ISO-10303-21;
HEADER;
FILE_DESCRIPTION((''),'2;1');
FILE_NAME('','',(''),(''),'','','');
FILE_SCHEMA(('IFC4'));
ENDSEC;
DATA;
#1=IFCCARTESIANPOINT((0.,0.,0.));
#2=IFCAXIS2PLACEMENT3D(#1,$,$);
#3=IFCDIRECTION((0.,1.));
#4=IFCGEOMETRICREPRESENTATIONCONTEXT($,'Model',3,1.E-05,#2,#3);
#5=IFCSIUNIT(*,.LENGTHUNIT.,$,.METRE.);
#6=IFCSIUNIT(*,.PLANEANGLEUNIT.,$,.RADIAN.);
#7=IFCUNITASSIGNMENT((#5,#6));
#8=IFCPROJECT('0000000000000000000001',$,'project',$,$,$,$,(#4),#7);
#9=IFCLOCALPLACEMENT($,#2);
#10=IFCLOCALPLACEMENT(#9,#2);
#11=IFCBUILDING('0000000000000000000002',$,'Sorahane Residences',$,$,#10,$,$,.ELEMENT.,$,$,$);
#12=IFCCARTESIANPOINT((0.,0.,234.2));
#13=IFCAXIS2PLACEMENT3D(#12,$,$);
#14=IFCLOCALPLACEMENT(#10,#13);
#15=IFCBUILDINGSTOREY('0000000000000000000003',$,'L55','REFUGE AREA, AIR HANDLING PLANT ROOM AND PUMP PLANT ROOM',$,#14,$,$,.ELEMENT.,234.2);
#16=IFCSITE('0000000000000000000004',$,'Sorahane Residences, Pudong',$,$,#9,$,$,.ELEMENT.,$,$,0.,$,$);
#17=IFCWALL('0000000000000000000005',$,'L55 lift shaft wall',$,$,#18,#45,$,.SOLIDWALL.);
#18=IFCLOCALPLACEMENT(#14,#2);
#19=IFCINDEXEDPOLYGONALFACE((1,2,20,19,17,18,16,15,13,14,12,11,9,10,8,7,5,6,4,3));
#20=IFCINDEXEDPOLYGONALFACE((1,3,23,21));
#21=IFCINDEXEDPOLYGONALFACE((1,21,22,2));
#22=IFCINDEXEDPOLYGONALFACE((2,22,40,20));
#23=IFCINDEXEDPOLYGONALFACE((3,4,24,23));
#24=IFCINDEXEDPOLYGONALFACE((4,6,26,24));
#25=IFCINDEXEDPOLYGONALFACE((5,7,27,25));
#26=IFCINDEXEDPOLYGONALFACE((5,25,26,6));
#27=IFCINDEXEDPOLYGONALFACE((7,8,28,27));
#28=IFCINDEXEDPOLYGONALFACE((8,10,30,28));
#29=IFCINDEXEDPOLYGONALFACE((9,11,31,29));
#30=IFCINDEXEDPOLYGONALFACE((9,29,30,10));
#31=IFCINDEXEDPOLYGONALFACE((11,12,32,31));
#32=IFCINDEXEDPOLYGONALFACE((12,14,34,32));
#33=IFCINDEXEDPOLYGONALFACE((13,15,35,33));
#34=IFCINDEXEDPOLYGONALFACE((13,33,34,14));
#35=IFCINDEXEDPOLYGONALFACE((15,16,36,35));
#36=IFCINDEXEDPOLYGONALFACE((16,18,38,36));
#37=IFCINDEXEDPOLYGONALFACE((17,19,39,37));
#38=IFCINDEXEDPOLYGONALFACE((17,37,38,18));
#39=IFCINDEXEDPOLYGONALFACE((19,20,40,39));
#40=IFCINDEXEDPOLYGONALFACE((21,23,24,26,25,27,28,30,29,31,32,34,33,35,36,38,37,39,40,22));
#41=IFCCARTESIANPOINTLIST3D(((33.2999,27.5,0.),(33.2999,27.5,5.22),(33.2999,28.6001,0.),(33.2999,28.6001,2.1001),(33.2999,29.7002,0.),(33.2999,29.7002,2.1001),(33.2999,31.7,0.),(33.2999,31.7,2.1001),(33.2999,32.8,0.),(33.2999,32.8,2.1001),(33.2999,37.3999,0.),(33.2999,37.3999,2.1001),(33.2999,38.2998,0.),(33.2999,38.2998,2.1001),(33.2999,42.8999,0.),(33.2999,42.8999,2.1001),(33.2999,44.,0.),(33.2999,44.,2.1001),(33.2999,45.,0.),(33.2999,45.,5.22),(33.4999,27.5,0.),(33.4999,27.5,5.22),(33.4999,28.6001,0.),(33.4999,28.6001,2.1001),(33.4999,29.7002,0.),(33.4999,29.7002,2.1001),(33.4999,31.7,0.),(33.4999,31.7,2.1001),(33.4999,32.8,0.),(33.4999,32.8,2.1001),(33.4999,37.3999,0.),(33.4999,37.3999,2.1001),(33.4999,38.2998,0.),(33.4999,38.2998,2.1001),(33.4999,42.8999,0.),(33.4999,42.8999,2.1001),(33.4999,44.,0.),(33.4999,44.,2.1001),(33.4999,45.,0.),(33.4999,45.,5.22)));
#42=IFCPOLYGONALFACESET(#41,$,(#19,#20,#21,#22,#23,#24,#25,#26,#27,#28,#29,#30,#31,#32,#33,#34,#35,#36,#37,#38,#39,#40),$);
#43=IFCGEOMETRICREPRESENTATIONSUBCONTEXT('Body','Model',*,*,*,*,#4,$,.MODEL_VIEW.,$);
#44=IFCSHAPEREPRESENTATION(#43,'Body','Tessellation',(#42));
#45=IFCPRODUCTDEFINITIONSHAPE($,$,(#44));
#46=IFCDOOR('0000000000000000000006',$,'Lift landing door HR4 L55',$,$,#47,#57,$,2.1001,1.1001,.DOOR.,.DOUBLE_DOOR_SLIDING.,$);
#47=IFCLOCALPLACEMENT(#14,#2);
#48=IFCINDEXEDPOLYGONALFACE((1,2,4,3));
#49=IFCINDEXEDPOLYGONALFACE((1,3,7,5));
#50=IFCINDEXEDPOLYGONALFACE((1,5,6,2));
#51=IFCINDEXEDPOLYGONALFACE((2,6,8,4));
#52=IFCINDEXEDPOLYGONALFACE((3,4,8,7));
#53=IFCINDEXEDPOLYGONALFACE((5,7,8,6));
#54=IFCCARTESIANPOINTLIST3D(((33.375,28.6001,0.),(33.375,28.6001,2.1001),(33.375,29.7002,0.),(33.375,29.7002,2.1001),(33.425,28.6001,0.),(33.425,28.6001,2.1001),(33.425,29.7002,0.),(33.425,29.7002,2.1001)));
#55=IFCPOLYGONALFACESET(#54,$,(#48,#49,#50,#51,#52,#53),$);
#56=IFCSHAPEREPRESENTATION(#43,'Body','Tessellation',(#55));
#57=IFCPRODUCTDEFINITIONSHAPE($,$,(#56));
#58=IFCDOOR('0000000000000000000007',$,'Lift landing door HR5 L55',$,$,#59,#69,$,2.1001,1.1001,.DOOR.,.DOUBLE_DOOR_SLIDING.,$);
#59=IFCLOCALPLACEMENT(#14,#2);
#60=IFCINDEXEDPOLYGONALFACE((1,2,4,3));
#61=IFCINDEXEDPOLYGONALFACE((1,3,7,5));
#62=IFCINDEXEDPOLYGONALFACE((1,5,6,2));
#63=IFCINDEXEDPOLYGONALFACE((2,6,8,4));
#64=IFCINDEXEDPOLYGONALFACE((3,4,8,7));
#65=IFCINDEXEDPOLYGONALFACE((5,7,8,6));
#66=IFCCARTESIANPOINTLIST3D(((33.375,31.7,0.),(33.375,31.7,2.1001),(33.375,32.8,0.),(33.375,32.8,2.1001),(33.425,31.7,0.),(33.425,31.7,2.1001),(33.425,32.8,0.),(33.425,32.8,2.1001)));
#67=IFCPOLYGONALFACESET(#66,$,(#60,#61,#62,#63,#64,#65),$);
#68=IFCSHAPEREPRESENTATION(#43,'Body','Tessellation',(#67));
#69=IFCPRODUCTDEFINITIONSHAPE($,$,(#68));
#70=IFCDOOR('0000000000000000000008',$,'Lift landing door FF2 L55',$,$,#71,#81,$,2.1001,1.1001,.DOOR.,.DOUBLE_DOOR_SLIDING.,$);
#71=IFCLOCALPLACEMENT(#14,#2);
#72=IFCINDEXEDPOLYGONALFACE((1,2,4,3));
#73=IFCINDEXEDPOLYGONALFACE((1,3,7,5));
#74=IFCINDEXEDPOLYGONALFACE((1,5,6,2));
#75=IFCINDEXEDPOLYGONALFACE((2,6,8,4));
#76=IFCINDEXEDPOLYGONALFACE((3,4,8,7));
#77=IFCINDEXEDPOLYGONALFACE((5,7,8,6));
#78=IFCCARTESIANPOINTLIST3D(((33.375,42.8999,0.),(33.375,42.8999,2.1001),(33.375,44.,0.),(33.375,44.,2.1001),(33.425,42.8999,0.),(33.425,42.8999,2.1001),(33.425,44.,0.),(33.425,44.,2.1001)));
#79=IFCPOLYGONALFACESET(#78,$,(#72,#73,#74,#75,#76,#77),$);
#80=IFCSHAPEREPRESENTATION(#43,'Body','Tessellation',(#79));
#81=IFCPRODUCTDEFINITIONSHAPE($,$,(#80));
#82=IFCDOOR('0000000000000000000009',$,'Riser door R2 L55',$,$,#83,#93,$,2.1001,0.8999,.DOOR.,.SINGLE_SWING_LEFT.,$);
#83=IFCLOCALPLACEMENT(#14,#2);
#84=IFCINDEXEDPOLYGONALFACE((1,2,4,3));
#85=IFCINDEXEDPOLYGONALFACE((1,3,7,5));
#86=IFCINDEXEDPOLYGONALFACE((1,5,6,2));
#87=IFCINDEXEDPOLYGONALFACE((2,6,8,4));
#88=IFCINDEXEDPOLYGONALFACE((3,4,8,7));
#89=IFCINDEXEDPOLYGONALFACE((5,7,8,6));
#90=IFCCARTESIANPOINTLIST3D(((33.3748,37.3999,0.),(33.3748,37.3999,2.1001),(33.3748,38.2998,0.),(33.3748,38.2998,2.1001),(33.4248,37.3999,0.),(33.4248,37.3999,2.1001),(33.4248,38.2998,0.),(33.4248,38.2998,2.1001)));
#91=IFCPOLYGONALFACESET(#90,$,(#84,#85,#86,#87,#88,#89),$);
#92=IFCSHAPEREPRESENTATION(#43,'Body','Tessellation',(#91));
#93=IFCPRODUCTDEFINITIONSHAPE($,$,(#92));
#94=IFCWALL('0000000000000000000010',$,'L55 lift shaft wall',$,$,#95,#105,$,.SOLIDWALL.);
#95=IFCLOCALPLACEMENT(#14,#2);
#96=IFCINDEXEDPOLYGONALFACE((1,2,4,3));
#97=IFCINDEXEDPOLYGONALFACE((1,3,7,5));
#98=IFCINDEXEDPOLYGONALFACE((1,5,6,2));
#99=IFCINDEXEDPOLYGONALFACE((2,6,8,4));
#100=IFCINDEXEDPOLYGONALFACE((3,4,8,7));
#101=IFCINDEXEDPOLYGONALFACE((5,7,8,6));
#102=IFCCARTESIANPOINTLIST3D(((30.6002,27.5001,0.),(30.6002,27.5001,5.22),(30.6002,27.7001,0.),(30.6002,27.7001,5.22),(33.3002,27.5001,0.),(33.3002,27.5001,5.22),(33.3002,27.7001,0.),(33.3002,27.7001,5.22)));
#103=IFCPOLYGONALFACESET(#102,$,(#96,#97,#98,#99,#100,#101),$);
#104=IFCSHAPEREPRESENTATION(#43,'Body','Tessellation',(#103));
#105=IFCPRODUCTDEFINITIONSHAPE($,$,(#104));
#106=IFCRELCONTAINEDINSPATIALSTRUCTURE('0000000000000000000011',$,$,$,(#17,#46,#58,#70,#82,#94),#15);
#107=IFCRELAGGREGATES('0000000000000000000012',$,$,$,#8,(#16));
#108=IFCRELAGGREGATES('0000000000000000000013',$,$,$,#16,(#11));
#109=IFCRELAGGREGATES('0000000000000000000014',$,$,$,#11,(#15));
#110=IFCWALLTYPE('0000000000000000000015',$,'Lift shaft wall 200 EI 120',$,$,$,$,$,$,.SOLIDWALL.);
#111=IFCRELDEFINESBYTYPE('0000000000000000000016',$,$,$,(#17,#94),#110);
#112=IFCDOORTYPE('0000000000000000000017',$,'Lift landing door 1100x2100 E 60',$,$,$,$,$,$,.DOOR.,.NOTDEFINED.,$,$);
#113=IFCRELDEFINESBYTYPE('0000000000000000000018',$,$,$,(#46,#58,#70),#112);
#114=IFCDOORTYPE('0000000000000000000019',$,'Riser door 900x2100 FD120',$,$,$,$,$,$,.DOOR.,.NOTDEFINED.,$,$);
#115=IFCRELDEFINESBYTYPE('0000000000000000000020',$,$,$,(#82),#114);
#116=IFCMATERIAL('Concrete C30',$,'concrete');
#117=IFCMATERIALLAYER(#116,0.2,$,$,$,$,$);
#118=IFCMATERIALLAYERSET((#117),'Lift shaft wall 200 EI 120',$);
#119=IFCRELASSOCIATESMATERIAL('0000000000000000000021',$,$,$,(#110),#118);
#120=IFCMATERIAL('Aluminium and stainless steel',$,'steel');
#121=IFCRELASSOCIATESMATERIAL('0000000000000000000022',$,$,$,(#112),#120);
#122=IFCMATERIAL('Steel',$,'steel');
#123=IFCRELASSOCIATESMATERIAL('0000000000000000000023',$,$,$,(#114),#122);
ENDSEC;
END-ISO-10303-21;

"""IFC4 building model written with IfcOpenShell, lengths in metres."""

from ifc_helpers import new_model, si_unit, direction, frame, frame_2d, origin, place, context, subcontext, project, spatial, rectangle, extrude, material, layer, layer_set, type_object, element, fill, save


model = new_model("IFC4")

# Units and contexts
model_context = context("Model", 3, precision=1e-05, world=origin(), true_north=direction((0.0, 1.0)))
body_context = subcontext(model_context, "Body", "Model", "MODEL_VIEW")
ifc_project = project(units=[si_unit("LENGTHUNIT", "METRE"), si_unit("PLANEANGLEUNIT", "RADIAN")], contexts=[model_context])

# Site, building, storey
site_placement = place(None, origin())
site = spatial("IfcSite", under=ifc_project, at=site_placement, Name="Sorahane Residences, Pudong", CompositionType="ELEMENT", RefElevation=0.0)
building_placement = place(site_placement, origin())
building = spatial("IfcBuilding", under=site, at=building_placement, Name="Sorahane Residences", CompositionType="ELEMENT")
storey_placement = place(building_placement, frame((0.0, 0.0, 234.2)))
storey = spatial("IfcBuildingStorey", under=building, at=storey_placement, Name="L55", Description="REFUGE AREA, AIR HANDLING PLANT ROOM AND PUMP PLANT ROOM", CompositionType="ELEMENT", Elevation=234.2)

# Wall, openings, doors
ifc_material_1 = material(Name="Concrete C30", Category="concrete")
ifc_layer_1 = layer(ifc_material_1, 0.2)
ifc_layer_set_1 = layer_set([ifc_layer_1], Name="Lift shaft wall 200 EI 120")
wall_type_1 = type_object("IfcWallType", Name="Lift shaft wall 200 EI 120", PredefinedType="SOLIDWALL", material=ifc_layer_set_1)
wall_1_placement = place(storey_placement, frame((33.3999, 27.5, 0.0), z_axis=(0.0, 0.0, 1.0), x_axis=(0.0, 1.0, 0.0)))
wall_1 = element("IfcWall", 1, at=wall_1_placement, inside=storey, type_object=wall_type_1, Name="L55 lift shaft wall", PredefinedType="SOLIDWALL", context=body_context, shape_type="SweptSolid", body=[
    extrude(rectangle(XDim=17.5, YDim=0.2, at=frame_2d((8.75, 0.0))), origin(), (0.0, 0.0, 1.0), 5.22),
])
opening_1_placement = place(wall_1_placement, frame((1.1001, 0.0, 0.0)))
opening_1 = element("IfcOpeningElement", 2, at=opening_1_placement, cuts=wall_1, PredefinedType="OPENING", context=body_context, shape_type="SweptSolid", body=[
    extrude(rectangle(XDim=1.1001, YDim=2.1001, at=frame_2d((0.55, 1.05))), frame((0.0, 0.1099, 0.0), z_axis=(0.0, -1.0, 0.0), x_axis=(1.0, 0.0, 0.0)), (0.0, 0.0, 1.0), 0.22),
])
opening_2_placement = place(wall_1_placement, frame((4.2, 0.0, 0.0)))
opening_2 = element("IfcOpeningElement", 3, at=opening_2_placement, cuts=wall_1, PredefinedType="OPENING", context=body_context, shape_type="SweptSolid", body=[
    extrude(rectangle(XDim=1.1001, YDim=2.1001, at=frame_2d((0.55, 1.05))), frame((0.0, 0.1099, 0.0), z_axis=(0.0, -1.0, 0.0), x_axis=(1.0, 0.0, 0.0)), (0.0, 0.0, 1.0), 0.22),
])
opening_3_placement = place(wall_1_placement, frame((15.3999, 0.0, 0.0)))
opening_3 = element("IfcOpeningElement", 4, at=opening_3_placement, cuts=wall_1, PredefinedType="OPENING", context=body_context, shape_type="SweptSolid", body=[
    extrude(rectangle(XDim=1.1001, YDim=2.1001, at=frame_2d((0.55, 1.05))), frame((0.0, 0.1099, 0.0), z_axis=(0.0, -1.0, 0.0), x_axis=(1.0, 0.0, 0.0)), (0.0, 0.0, 1.0), 0.22),
])
opening_4_placement = place(wall_1_placement, frame((9.8999, 0.0, 0.0)))
opening_4 = element("IfcOpeningElement", 5, at=opening_4_placement, cuts=wall_1, PredefinedType="OPENING", context=body_context, shape_type="SweptSolid", body=[
    extrude(rectangle(XDim=0.8999, YDim=2.1001, at=frame_2d((0.45, 1.05))), frame((0.0, 0.1099, 0.0), z_axis=(0.0, -1.0, 0.0), x_axis=(1.0, 0.0, 0.0)), (0.0, 0.0, 1.0), 0.22),
])
ifc_material_2 = material(Name="Aluminium and stainless steel", Category="steel")
door_type_1 = type_object("IfcDoorType", Name="Lift landing door 1100x2100 E 60", OperationType="NOTDEFINED", PredefinedType="DOOR", material=ifc_material_2)
door_1_placement = place(opening_1_placement, origin())
door_1 = element("IfcDoor", 6, at=door_1_placement, inside=storey, type_object=door_type_1, Name="Lift landing door HR4 L55", OperationType="DOUBLE_DOOR_SLIDING", OverallHeight=2.1001, OverallWidth=1.1001, PredefinedType="DOOR", context=body_context, shape_type="SweptSolid", body=[
    extrude(rectangle(XDim=1.1001, YDim=2.1001, at=frame_2d((0.55, 1.05))), frame((0.0, 0.0249, 0.0), z_axis=(0.0, -1.0, 0.0), x_axis=(1.0, 0.0, 0.0)), (0.0, 0.0, 1.0), 0.05),
])
fill(opening_1, door_1)
door_2_placement = place(opening_2_placement, origin())
door_2 = element("IfcDoor", 7, at=door_2_placement, inside=storey, type_object=door_type_1, Name="Lift landing door HR5 L55", OperationType="DOUBLE_DOOR_SLIDING", OverallHeight=2.1001, OverallWidth=1.1001, PredefinedType="DOOR", context=body_context, shape_type="SweptSolid", body=[
    extrude(rectangle(XDim=1.1001, YDim=2.1001, at=frame_2d((0.55, 1.05))), frame((0.0, 0.0249, 0.0), z_axis=(0.0, -1.0, 0.0), x_axis=(1.0, 0.0, 0.0)), (0.0, 0.0, 1.0), 0.05),
])
fill(opening_2, door_2)
door_3_placement = place(opening_3_placement, origin())
door_3 = element("IfcDoor", 8, at=door_3_placement, inside=storey, type_object=door_type_1, Name="Lift landing door FF2 L55", OperationType="DOUBLE_DOOR_SLIDING", OverallHeight=2.1001, OverallWidth=1.1001, PredefinedType="DOOR", context=body_context, shape_type="SweptSolid", body=[
    extrude(rectangle(XDim=1.1001, YDim=2.1001, at=frame_2d((0.55, 1.05))), frame((0.0, 0.0249, 0.0), z_axis=(0.0, -1.0, 0.0), x_axis=(1.0, 0.0, 0.0)), (0.0, 0.0, 1.0), 0.05),
])
fill(opening_3, door_3)
ifc_material_3 = material(Name="Steel", Category="steel")
door_type_2 = type_object("IfcDoorType", Name="Riser door 900x2100 FD120", OperationType="NOTDEFINED", PredefinedType="DOOR", material=ifc_material_3)
door_4_placement = place(opening_4_placement, frame((0.8999, 0.0, 0.0), z_axis=(0.0, 0.0, 1.0), x_axis=(-1.0, 0.0, 0.0)))
door_4 = element("IfcDoor", 9, at=door_4_placement, inside=storey, type_object=door_type_2, Name="Riser door R2 L55", OperationType="SINGLE_SWING_LEFT", OverallHeight=2.1001, OverallWidth=0.8999, PredefinedType="DOOR", context=body_context, shape_type="SweptSolid", body=[
    extrude(rectangle(XDim=0.8999, YDim=2.1001, at=frame_2d((0.45, 1.05))), frame((0.0, 0.0249, 0.0), z_axis=(0.0, -1.0, 0.0), x_axis=(1.0, 0.0, 0.0)), (0.0, 0.0, 1.0), 0.05),
])
fill(opening_4, door_4)

# Wall
wall_2_placement = place(storey_placement, frame((30.6001, 27.6001, 0.0), z_axis=(0.0, 0.0, 1.0), x_axis=(1.0, 0.0, 0.0)))
element("IfcWall", 10, at=wall_2_placement, inside=storey, type_object=wall_type_1, Name="L55 lift shaft wall", PredefinedType="SOLIDWALL", context=body_context, shape_type="SweptSolid", body=[
    extrude(rectangle(XDim=2.7, YDim=0.2, at=frame_2d((1.3501, 0.0))), origin(), (0.0, 0.0, 1.0), 5.22),
])

save(model, "model.ifc")
